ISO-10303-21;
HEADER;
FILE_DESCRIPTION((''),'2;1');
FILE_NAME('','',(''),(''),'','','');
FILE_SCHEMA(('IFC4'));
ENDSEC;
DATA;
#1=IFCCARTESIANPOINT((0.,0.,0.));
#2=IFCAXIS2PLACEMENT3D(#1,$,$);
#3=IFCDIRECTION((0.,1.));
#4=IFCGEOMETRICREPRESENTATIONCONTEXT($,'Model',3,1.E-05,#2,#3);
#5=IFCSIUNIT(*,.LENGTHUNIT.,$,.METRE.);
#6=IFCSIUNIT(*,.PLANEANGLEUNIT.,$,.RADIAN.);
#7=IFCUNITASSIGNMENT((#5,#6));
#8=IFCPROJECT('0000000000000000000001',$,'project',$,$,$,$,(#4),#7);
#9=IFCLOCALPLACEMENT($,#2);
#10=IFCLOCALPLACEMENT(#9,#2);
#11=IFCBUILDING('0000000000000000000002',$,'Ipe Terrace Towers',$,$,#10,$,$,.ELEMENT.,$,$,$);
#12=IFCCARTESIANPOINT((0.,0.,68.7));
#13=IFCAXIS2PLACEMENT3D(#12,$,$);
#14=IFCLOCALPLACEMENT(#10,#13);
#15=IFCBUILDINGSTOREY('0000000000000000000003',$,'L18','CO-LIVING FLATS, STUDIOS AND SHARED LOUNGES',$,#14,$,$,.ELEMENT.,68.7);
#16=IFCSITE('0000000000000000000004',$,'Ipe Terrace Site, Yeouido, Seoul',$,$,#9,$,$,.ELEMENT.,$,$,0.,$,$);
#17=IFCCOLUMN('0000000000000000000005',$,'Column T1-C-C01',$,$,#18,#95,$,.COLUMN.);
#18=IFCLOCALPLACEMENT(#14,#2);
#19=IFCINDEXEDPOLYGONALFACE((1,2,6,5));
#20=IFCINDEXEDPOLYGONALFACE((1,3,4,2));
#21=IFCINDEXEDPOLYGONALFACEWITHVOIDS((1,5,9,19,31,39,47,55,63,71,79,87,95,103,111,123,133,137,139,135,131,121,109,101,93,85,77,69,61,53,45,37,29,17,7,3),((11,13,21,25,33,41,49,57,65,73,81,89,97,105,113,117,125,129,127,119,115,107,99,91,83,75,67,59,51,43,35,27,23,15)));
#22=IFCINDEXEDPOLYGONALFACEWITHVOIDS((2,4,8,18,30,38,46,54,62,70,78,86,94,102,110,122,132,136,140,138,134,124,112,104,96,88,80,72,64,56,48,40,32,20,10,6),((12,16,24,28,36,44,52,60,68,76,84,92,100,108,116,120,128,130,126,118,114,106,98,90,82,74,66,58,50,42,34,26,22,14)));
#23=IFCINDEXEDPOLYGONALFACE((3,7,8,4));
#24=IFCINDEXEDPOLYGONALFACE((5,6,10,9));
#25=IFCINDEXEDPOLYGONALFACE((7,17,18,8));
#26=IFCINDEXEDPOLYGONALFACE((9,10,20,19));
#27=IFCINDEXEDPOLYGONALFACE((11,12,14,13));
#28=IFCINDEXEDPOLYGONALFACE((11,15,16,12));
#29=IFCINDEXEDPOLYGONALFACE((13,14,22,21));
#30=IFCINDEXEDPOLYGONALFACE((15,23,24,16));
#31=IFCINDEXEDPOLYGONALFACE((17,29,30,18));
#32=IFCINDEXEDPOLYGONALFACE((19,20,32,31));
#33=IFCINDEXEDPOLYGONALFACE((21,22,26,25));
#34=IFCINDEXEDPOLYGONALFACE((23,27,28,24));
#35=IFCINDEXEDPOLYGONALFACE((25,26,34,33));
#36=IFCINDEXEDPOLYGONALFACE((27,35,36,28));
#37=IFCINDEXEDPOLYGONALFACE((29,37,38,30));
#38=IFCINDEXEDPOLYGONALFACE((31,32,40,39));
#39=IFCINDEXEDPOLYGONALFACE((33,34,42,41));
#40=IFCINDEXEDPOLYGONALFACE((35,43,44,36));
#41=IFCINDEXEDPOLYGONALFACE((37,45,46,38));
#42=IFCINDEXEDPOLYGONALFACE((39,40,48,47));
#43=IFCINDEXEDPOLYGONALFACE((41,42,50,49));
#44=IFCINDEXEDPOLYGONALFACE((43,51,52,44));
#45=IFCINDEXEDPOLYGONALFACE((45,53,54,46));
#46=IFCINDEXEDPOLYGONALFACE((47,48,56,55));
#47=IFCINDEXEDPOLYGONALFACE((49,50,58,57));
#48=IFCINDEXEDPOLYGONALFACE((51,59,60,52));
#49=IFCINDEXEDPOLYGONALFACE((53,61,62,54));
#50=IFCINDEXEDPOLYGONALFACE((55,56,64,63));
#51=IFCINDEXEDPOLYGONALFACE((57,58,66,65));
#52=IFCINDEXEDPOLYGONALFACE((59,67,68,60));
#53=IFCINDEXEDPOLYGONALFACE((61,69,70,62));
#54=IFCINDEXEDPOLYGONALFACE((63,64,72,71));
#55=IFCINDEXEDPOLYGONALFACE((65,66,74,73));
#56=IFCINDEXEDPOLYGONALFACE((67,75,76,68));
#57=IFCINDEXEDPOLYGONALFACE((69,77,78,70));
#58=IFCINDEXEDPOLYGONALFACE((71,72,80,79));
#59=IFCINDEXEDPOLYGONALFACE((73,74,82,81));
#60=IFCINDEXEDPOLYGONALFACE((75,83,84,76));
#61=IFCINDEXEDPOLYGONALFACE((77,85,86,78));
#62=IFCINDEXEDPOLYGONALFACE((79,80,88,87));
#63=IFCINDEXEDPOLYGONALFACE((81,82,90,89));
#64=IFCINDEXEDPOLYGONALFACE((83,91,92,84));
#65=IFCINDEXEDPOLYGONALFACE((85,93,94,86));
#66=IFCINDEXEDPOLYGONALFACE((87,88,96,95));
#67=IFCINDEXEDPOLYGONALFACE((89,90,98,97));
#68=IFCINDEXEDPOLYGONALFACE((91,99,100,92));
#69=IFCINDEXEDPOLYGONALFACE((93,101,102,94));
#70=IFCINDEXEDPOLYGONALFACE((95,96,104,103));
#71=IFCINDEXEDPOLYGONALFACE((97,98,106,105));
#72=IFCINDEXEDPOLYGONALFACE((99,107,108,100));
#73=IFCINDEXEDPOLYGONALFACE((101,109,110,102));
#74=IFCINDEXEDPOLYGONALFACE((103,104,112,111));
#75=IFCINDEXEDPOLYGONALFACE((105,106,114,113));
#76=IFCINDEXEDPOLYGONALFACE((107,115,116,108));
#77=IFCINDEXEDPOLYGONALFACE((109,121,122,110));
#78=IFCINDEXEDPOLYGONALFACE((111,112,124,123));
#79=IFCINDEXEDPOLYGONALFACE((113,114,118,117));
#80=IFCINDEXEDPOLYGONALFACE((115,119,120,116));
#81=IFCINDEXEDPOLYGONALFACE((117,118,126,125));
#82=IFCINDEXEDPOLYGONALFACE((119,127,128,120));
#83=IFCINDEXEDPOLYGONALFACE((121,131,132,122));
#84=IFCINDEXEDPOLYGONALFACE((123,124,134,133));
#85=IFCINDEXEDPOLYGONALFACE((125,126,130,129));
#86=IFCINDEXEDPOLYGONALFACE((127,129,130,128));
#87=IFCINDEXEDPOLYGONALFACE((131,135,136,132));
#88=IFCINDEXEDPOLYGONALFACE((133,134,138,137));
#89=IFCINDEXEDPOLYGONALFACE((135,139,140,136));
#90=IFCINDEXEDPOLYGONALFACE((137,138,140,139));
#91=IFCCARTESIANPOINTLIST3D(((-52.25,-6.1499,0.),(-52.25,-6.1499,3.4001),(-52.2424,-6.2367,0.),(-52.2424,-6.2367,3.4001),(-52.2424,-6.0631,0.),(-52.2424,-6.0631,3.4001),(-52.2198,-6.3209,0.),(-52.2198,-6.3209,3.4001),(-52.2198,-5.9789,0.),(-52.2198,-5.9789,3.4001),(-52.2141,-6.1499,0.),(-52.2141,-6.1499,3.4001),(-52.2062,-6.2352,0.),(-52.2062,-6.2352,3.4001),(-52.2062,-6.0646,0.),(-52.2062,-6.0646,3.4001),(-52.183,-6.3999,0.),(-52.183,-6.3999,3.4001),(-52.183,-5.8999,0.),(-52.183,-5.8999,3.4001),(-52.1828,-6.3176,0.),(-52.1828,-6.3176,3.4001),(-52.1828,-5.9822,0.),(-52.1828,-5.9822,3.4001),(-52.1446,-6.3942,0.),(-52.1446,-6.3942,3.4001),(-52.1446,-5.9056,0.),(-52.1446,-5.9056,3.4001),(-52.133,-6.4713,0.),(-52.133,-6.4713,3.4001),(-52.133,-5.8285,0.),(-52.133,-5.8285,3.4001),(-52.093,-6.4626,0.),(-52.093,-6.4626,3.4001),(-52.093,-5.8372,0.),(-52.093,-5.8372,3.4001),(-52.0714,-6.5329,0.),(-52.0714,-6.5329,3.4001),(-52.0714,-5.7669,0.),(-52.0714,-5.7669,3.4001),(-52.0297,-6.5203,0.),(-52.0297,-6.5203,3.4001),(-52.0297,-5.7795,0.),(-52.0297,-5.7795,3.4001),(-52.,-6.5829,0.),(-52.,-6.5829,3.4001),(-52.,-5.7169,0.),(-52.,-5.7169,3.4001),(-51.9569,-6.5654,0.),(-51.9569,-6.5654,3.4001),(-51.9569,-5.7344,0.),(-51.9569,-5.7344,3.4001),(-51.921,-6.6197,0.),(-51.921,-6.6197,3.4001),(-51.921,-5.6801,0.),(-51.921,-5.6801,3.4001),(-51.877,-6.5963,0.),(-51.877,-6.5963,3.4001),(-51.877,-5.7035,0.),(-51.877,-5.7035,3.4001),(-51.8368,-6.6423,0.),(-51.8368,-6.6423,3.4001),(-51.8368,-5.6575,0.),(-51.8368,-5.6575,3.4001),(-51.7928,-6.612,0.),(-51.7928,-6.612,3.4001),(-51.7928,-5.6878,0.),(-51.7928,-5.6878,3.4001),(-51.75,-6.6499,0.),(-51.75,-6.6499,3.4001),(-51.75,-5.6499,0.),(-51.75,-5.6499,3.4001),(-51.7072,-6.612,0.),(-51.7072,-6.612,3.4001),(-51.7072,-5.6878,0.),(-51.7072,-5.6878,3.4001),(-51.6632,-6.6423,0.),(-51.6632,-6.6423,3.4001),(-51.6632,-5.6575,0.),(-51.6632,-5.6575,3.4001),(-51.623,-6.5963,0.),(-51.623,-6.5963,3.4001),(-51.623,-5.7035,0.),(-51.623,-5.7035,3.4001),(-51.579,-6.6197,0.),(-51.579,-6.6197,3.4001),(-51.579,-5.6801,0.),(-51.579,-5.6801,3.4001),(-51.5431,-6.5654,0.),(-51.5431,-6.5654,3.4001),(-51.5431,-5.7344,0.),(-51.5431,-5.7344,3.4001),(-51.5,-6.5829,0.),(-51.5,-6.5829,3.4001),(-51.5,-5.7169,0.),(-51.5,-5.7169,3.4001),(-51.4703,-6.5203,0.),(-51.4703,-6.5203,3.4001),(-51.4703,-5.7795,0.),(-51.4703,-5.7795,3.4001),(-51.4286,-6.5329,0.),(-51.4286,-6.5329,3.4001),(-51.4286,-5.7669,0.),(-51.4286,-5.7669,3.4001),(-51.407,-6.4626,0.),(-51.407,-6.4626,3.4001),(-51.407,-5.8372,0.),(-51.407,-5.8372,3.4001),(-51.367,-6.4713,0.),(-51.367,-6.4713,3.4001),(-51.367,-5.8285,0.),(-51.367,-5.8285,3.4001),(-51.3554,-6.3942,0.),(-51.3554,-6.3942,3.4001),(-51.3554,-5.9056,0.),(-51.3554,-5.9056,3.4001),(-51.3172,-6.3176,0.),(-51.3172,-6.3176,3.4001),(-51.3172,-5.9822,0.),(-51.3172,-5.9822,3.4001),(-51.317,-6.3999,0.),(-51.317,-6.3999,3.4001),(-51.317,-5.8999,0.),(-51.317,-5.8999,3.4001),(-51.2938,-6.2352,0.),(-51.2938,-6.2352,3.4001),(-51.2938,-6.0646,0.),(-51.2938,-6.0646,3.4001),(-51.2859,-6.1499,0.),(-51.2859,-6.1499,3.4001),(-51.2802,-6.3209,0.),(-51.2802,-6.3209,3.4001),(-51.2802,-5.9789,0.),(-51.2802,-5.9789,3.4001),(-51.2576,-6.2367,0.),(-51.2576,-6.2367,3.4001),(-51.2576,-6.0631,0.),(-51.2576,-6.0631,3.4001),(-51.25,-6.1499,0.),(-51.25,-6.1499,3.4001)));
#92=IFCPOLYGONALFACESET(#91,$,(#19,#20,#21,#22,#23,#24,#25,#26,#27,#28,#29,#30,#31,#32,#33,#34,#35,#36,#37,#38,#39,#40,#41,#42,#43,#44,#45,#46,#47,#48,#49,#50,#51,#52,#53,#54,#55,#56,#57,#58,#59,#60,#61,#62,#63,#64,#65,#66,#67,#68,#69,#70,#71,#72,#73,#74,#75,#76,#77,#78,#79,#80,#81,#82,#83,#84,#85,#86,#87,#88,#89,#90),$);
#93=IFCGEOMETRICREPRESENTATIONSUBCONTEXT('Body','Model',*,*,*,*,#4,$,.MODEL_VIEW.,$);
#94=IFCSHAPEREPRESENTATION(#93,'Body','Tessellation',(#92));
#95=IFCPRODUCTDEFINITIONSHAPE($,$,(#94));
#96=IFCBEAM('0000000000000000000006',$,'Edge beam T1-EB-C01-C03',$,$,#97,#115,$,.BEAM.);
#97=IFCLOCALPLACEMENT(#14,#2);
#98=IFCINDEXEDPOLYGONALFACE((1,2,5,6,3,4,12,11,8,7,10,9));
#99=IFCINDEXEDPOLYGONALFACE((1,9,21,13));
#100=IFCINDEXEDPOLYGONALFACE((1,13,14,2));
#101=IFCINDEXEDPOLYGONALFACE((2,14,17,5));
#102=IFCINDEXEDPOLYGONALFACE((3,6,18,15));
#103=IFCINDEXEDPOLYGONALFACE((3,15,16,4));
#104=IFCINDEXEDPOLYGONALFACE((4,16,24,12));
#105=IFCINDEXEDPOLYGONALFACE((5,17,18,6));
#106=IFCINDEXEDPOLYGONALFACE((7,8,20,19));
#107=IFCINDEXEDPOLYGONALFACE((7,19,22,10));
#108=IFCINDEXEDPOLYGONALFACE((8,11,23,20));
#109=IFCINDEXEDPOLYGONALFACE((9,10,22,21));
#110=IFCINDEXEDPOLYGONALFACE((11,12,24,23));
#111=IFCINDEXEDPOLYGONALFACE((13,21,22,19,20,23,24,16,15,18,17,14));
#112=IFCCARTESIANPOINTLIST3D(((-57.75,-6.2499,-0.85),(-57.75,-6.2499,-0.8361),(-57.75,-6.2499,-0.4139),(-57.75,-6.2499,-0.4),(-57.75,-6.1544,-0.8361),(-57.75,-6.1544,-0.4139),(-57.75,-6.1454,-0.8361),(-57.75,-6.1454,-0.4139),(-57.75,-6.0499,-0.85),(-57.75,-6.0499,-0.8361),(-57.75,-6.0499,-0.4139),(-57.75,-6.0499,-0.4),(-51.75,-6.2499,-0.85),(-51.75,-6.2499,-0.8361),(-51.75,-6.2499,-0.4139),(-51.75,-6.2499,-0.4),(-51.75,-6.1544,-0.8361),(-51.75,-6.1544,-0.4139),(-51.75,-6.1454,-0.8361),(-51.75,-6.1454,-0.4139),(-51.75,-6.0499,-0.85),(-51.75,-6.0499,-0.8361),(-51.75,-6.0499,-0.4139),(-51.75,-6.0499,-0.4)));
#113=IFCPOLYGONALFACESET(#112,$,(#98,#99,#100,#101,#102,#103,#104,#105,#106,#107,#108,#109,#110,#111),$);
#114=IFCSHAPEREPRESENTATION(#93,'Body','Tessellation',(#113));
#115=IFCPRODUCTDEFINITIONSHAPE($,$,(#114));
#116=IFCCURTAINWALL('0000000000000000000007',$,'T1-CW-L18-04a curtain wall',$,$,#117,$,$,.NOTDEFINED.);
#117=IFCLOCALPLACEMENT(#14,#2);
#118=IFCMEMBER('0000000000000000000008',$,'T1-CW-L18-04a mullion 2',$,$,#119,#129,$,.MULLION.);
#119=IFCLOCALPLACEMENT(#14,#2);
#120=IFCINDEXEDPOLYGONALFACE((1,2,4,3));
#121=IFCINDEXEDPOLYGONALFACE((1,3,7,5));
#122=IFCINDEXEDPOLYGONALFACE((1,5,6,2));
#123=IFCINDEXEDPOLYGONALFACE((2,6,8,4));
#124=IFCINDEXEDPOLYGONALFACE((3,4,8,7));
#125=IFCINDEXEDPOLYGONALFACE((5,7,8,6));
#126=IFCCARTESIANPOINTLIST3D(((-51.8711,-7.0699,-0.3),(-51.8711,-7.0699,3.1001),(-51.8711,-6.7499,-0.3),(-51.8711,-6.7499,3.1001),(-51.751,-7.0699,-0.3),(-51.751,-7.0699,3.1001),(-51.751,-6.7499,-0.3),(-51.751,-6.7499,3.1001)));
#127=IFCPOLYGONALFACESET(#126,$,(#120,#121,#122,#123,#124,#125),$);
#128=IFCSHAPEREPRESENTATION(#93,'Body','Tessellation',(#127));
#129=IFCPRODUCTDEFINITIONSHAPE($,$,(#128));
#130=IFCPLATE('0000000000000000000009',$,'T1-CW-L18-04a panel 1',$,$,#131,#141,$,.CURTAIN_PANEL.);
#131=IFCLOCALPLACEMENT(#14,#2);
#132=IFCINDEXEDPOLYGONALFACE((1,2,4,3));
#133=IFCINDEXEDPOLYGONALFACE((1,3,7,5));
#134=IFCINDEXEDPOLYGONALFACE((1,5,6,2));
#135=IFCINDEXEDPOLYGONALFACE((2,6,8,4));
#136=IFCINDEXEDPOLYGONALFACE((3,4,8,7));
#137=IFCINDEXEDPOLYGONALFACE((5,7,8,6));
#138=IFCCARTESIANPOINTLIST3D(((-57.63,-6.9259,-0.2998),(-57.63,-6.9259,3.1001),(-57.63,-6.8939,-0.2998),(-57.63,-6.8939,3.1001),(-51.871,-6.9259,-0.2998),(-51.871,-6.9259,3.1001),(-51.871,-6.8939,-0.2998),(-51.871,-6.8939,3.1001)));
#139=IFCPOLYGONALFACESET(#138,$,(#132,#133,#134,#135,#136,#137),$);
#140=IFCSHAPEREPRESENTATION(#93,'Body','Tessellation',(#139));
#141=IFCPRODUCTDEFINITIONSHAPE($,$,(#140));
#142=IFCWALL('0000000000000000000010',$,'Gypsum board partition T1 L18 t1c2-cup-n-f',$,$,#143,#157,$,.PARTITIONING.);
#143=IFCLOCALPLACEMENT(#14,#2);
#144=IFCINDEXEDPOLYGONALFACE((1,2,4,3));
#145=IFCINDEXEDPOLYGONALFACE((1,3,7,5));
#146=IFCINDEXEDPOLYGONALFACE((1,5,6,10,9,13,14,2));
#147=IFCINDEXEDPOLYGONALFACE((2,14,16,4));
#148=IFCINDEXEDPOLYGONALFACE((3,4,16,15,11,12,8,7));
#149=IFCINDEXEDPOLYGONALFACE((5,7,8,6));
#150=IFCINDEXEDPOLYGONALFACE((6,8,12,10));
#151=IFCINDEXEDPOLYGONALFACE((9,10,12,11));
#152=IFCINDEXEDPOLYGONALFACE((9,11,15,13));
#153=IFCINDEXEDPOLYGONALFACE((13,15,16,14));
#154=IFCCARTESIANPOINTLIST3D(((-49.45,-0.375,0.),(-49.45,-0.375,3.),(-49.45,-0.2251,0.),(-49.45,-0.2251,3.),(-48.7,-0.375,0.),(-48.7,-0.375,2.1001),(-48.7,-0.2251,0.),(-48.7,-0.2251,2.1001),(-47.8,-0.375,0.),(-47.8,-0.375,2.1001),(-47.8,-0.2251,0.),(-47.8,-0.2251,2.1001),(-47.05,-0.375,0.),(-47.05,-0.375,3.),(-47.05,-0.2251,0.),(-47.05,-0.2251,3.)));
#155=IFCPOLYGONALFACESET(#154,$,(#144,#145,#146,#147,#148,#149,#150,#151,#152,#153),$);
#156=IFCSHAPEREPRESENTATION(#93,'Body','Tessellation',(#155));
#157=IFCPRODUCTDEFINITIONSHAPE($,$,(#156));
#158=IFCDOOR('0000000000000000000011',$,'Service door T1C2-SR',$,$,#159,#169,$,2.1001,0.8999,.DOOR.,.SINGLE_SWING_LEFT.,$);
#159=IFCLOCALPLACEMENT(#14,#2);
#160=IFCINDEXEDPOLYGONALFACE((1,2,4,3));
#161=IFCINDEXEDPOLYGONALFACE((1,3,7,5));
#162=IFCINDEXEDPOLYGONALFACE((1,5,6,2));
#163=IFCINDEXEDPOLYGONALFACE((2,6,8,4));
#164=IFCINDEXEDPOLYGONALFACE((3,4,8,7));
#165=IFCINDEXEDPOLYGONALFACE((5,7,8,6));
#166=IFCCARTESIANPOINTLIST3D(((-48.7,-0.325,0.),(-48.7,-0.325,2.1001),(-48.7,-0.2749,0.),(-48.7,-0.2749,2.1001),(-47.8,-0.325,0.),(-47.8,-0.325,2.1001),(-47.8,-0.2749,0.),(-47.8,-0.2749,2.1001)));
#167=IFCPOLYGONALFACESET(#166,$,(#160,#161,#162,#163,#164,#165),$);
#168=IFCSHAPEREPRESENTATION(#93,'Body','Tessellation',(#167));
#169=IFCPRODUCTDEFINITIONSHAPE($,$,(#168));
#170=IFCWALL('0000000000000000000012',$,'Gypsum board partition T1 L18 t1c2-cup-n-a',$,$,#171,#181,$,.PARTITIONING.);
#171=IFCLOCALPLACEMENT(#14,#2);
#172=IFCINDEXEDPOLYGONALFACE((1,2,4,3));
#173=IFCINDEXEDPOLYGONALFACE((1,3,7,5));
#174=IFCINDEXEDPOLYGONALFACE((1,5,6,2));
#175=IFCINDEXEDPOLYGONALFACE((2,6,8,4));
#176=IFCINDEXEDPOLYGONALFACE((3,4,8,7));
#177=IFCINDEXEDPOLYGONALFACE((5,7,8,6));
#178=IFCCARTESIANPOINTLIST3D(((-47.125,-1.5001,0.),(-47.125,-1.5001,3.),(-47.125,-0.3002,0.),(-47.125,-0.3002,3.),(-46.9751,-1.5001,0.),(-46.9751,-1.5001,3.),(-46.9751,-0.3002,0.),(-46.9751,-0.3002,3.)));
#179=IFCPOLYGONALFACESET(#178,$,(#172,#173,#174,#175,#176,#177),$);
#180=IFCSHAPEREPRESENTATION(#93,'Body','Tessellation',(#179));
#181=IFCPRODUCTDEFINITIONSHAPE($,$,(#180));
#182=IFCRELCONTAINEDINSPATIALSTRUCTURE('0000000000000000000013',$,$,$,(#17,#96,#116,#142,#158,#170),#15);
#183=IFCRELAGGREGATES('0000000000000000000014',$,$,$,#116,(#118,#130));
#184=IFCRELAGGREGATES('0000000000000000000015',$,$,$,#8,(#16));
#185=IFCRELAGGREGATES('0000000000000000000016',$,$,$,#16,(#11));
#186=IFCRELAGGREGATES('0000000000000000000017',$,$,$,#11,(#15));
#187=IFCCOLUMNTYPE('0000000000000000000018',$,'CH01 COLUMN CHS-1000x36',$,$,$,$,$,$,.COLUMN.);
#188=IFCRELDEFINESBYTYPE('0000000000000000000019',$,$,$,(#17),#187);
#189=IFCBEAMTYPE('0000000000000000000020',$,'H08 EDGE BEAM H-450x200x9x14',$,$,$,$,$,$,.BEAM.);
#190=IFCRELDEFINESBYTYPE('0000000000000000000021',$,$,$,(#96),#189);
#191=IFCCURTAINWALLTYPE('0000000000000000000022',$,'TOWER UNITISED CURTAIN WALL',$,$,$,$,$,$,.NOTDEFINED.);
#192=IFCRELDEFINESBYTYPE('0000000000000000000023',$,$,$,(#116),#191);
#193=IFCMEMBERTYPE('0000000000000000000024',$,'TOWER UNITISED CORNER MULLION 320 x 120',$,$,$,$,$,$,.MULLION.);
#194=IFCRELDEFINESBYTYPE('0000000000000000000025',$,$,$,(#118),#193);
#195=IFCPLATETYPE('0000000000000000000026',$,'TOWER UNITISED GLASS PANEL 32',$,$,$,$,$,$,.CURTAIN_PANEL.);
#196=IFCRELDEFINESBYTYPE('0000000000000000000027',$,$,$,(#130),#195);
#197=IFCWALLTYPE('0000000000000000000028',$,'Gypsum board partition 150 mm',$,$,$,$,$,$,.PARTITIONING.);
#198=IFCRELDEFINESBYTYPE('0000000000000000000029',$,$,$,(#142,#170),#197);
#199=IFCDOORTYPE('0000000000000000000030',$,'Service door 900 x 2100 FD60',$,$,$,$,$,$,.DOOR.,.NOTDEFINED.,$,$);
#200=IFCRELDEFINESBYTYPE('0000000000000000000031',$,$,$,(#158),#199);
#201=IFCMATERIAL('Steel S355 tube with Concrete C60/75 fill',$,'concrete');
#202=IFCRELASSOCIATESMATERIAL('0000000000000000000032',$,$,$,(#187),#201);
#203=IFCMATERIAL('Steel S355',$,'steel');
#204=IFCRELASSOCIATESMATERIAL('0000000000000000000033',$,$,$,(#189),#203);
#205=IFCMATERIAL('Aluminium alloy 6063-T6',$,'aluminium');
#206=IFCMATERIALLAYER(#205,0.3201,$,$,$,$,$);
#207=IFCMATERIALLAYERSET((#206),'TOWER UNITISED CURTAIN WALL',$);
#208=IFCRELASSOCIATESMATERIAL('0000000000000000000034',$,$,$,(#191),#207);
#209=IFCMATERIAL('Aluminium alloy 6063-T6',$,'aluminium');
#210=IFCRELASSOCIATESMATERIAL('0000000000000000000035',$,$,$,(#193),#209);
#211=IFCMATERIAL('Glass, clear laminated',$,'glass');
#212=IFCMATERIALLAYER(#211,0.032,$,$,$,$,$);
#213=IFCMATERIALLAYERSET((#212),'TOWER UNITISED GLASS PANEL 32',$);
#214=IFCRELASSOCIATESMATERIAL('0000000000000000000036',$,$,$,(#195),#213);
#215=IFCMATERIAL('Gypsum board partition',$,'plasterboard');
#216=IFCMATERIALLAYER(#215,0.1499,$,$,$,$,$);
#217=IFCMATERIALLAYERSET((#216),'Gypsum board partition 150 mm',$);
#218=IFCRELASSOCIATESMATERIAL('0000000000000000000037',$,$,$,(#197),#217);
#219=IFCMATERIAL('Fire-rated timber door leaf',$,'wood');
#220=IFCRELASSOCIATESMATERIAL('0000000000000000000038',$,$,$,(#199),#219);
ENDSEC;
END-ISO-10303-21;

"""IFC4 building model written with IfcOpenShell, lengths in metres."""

from ifc_helpers import new_model, si_unit, direction, frame, frame_2d, origin, origin_2d, place, context, subcontext, project, spatial, rectangle, hollow_circle, i_section, extrude, material, layer, layer_set, material_profile, profile_set, type_object, element, fill, aggregate, save


model = new_model("IFC4")

# Units and contexts
model_context = context("Model", 3, precision=1e-05, world=origin(), true_north=direction((0.0, 1.0)))
body_context = subcontext(model_context, "Body", "Model", "MODEL_VIEW")
ifc_project = project(units=[si_unit("LENGTHUNIT", "METRE"), si_unit("PLANEANGLEUNIT", "RADIAN")], contexts=[model_context])

# Site, building, storey
site_placement = place(None, origin())
site = spatial("IfcSite", under=ifc_project, at=site_placement, Name="Ipe Terrace Site, Yeouido, Seoul", CompositionType="ELEMENT", RefElevation=0.0)
building_placement = place(site_placement, origin())
building = spatial("IfcBuilding", under=site, at=building_placement, Name="Ipe Terrace Towers", CompositionType="ELEMENT")
storey_placement = place(building_placement, frame((0.0, 0.0, 68.7)))
storey = spatial("IfcBuildingStorey", under=building, at=storey_placement, Name="L18", Description="CO-LIVING FLATS, STUDIOS AND SHARED LOUNGES", CompositionType="ELEMENT", Elevation=68.7)

# Column
ifc_material_1 = material(Name="Steel S355 tube with Concrete C60/75 fill", Category="concrete")
ifc_material_profile_1 = material_profile(ifc_material_1, hollow_circle(Radius=0.5, WallThickness=0.0359, at=origin_2d()), Name="CHS-1000x36")
ifc_profile_set_1 = profile_set([ifc_material_profile_1], Name="Steel S355 tube with Concrete C60/75 fill")
column_type = type_object("IfcColumnType", Name="CH01 COLUMN CHS-1000x36", PredefinedType="COLUMN", material=ifc_profile_set_1)
column_placement = place(storey_placement, frame((-51.75, -6.1499, 0.0), z_axis=(0.0, 0.0, 1.0), x_axis=(1.0, 0.0, 0.0)))
element("IfcColumn", 1, at=column_placement, inside=storey, type_object=column_type, Name="Column T1-C-C01", PredefinedType="COLUMN", context=body_context, shape_type="SweptSolid", body=[
    extrude(hollow_circle(Radius=0.5, WallThickness=0.0359, at=origin_2d()), origin(), (0.0, 0.0, 1.0), 3.4001),
])

# Beam
ifc_material_2 = material(Name="Steel S355", Category="steel")
ifc_material_profile_2 = material_profile(ifc_material_2, i_section(OverallWidth=0.2, OverallDepth=0.45, WebThickness=0.009, FlangeThickness=0.0139, at=origin_2d()), Name="H-450x200x9x14")
ifc_profile_set_2 = profile_set([ifc_material_profile_2], Name="Steel S355")
beam_type = type_object("IfcBeamType", Name="H08 EDGE BEAM H-450x200x9x14", PredefinedType="BEAM", material=ifc_profile_set_2)
beam_placement = place(storey_placement, frame((-51.75, -6.1499, -0.625), z_axis=(-1.0, 0.0, 0.0), x_axis=(0.0, -1.0, 0.0)))
element("IfcBeam", 2, at=beam_placement, inside=storey, type_object=beam_type, Name="Edge beam T1-EB-C01-C03", PredefinedType="BEAM", context=body_context, shape_type="SweptSolid", body=[
    extrude(i_section(OverallWidth=0.2, OverallDepth=0.45, WebThickness=0.009, FlangeThickness=0.0139, at=origin_2d()), origin(), (0.0, 0.0, 1.0), 6.0),
])

# Curtain wall, member, plate
ifc_material_3 = material(Name="Aluminium alloy 6063-T6", Category="aluminium")
ifc_layer_1 = layer(ifc_material_3, 0.3201)
ifc_layer_set_1 = layer_set([ifc_layer_1], Name="TOWER UNITISED CURTAIN WALL")
curtain_wall_type = type_object("IfcCurtainWallType", Name="TOWER UNITISED CURTAIN WALL", PredefinedType="NOTDEFINED", material=ifc_layer_set_1)
curtain_wall_placement = place(storey_placement, origin())
curtain_wall = element("IfcCurtainWall", 3, at=curtain_wall_placement, inside=storey, type_object=curtain_wall_type, Name="T1-CW-L18-04a curtain wall", PredefinedType="NOTDEFINED")
ifc_material_4 = material(Name="Aluminium alloy 6063-T6", Category="aluminium")
ifc_material_profile_3 = material_profile(ifc_material_4, rectangle(XDim=0.3201, YDim=0.1201, at=origin_2d()), Name="TOWER UNITISED CORNER MULLION 320 x 120")
ifc_profile_set_3 = profile_set([ifc_material_profile_3], Name="Aluminium alloy 6063-T6")
member_type = type_object("IfcMemberType", Name="TOWER UNITISED CORNER MULLION 320 x 120", PredefinedType="MULLION", material=ifc_profile_set_3)
member_placement = place(storey_placement, frame((-51.811, -6.9099, -0.3), z_axis=(0.0, 0.0, 1.0), x_axis=(0.0, -1.0, 0.0)))
member = element("IfcMember", 4, at=member_placement, type_object=member_type, Name="T1-CW-L18-04a mullion 2", PredefinedType="MULLION", context=body_context, shape_type="SweptSolid", body=[
    extrude(rectangle(XDim=0.3201, YDim=0.1201, at=origin_2d()), origin(), (0.0, 0.0, 1.0), 3.4001),
])
ifc_material_5 = material(Name="Glass, clear laminated", Category="glass")
ifc_layer_2 = layer(ifc_material_5, 0.032)
ifc_layer_set_2 = layer_set([ifc_layer_2], Name="TOWER UNITISED GLASS PANEL 32")
plate_type = type_object("IfcPlateType", Name="TOWER UNITISED GLASS PANEL 32", PredefinedType="CURTAIN_PANEL", material=ifc_layer_set_2)
plate_placement = place(storey_placement, frame((-54.7505, -6.9099, -0.2998), z_axis=(0.0, 0.0, 1.0), x_axis=(1.0, 0.0, 0.0)))
plate = element("IfcPlate", 5, at=plate_placement, type_object=plate_type, Name="T1-CW-L18-04a panel 1", PredefinedType="CURTAIN_PANEL", context=body_context, shape_type="SweptSolid", body=[
    extrude(rectangle(XDim=5.759, YDim=0.032, at=origin_2d()), origin(), (0.0, 0.0, 1.0), 3.3999),
])
aggregate(curtain_wall, [member, plate])

# Wall, opening, door
ifc_material_6 = material(Name="Gypsum board partition", Category="plasterboard")
ifc_layer_3 = layer(ifc_material_6, 0.1499)
ifc_layer_set_3 = layer_set([ifc_layer_3], Name="Gypsum board partition 150 mm")
wall_type_1 = type_object("IfcWallType", Name="Gypsum board partition 150 mm", PredefinedType="PARTITIONING", material=ifc_layer_set_3)
wall_1_placement = place(storey_placement, frame((-47.05, -0.3, 0.0), z_axis=(0.0, 0.0, 1.0), x_axis=(-1.0, 0.0, 0.0)))
wall_1 = element("IfcWall", 6, at=wall_1_placement, inside=storey, type_object=wall_type_1, Name="Gypsum board partition T1 L18 t1c2-cup-n-f", PredefinedType="PARTITIONING", context=body_context, shape_type="SweptSolid", body=[
    extrude(rectangle(XDim=2.3999, YDim=0.1499, at=frame_2d((1.2, 0.0))), origin(), (0.0, 0.0, 1.0), 3.0),
])
opening_1_placement = place(wall_1_placement, frame((0.75, 0.0, 0.0)))
opening_1 = element("IfcOpeningElement", 7, at=opening_1_placement, cuts=wall_1, PredefinedType="OPENING", context=body_context, shape_type="SweptSolid", body=[
    extrude(rectangle(XDim=0.8999, YDim=2.1001, at=frame_2d((0.45, 1.05))), frame((0.0, 0.085, 0.0), z_axis=(0.0, -1.0, 0.0), x_axis=(1.0, 0.0, 0.0)), (0.0, 0.0, 1.0), 0.1699),
])
ifc_material_7 = material(Name="Fire-rated timber door leaf", Category="wood")
door_type_1 = type_object("IfcDoorType", Name="Service door 900 x 2100 FD60", OperationType="NOTDEFINED", PredefinedType="DOOR", material=ifc_material_7)
door_1_placement = place(opening_1_placement, origin())
door_1 = element("IfcDoor", 8, at=door_1_placement, inside=storey, type_object=door_type_1, Name="Service door T1C2-SR", OperationType="SINGLE_SWING_LEFT", OverallHeight=2.1001, OverallWidth=0.8999, PredefinedType="DOOR", context=body_context, shape_type="SweptSolid", body=[
    extrude(rectangle(XDim=0.8999, YDim=2.1001, at=frame_2d((0.45, 1.05))), frame((0.0, 0.0249, 0.0), z_axis=(0.0, -1.0, 0.0), x_axis=(1.0, 0.0, 0.0)), (0.0, 0.0, 1.0), 0.05),
])
fill(opening_1, door_1)

# Wall
for number, where, z_axis, x_axis, name in (
    (9, (-47.05, -0.3, 0.0), (0.0, 0.0, 1.0), (0.0, -1.0, 0.0), "Gypsum board partition T1 L18 t1c2-cup-n-a"),
):
    element("IfcWall", number, at=place(storey_placement, frame(where, z_axis=z_axis, x_axis=x_axis)), inside=storey, type_object=wall_type_1, Name=name, PredefinedType="PARTITIONING", context=body_context, shape_type="SweptSolid", body=[
        extrude(rectangle(XDim=1.2, YDim=0.1499, at=frame_2d((0.6001, 0.0))), origin(), (0.0, 0.0, 1.0), 3.0),
    ])

save(model, "model.ifc")
